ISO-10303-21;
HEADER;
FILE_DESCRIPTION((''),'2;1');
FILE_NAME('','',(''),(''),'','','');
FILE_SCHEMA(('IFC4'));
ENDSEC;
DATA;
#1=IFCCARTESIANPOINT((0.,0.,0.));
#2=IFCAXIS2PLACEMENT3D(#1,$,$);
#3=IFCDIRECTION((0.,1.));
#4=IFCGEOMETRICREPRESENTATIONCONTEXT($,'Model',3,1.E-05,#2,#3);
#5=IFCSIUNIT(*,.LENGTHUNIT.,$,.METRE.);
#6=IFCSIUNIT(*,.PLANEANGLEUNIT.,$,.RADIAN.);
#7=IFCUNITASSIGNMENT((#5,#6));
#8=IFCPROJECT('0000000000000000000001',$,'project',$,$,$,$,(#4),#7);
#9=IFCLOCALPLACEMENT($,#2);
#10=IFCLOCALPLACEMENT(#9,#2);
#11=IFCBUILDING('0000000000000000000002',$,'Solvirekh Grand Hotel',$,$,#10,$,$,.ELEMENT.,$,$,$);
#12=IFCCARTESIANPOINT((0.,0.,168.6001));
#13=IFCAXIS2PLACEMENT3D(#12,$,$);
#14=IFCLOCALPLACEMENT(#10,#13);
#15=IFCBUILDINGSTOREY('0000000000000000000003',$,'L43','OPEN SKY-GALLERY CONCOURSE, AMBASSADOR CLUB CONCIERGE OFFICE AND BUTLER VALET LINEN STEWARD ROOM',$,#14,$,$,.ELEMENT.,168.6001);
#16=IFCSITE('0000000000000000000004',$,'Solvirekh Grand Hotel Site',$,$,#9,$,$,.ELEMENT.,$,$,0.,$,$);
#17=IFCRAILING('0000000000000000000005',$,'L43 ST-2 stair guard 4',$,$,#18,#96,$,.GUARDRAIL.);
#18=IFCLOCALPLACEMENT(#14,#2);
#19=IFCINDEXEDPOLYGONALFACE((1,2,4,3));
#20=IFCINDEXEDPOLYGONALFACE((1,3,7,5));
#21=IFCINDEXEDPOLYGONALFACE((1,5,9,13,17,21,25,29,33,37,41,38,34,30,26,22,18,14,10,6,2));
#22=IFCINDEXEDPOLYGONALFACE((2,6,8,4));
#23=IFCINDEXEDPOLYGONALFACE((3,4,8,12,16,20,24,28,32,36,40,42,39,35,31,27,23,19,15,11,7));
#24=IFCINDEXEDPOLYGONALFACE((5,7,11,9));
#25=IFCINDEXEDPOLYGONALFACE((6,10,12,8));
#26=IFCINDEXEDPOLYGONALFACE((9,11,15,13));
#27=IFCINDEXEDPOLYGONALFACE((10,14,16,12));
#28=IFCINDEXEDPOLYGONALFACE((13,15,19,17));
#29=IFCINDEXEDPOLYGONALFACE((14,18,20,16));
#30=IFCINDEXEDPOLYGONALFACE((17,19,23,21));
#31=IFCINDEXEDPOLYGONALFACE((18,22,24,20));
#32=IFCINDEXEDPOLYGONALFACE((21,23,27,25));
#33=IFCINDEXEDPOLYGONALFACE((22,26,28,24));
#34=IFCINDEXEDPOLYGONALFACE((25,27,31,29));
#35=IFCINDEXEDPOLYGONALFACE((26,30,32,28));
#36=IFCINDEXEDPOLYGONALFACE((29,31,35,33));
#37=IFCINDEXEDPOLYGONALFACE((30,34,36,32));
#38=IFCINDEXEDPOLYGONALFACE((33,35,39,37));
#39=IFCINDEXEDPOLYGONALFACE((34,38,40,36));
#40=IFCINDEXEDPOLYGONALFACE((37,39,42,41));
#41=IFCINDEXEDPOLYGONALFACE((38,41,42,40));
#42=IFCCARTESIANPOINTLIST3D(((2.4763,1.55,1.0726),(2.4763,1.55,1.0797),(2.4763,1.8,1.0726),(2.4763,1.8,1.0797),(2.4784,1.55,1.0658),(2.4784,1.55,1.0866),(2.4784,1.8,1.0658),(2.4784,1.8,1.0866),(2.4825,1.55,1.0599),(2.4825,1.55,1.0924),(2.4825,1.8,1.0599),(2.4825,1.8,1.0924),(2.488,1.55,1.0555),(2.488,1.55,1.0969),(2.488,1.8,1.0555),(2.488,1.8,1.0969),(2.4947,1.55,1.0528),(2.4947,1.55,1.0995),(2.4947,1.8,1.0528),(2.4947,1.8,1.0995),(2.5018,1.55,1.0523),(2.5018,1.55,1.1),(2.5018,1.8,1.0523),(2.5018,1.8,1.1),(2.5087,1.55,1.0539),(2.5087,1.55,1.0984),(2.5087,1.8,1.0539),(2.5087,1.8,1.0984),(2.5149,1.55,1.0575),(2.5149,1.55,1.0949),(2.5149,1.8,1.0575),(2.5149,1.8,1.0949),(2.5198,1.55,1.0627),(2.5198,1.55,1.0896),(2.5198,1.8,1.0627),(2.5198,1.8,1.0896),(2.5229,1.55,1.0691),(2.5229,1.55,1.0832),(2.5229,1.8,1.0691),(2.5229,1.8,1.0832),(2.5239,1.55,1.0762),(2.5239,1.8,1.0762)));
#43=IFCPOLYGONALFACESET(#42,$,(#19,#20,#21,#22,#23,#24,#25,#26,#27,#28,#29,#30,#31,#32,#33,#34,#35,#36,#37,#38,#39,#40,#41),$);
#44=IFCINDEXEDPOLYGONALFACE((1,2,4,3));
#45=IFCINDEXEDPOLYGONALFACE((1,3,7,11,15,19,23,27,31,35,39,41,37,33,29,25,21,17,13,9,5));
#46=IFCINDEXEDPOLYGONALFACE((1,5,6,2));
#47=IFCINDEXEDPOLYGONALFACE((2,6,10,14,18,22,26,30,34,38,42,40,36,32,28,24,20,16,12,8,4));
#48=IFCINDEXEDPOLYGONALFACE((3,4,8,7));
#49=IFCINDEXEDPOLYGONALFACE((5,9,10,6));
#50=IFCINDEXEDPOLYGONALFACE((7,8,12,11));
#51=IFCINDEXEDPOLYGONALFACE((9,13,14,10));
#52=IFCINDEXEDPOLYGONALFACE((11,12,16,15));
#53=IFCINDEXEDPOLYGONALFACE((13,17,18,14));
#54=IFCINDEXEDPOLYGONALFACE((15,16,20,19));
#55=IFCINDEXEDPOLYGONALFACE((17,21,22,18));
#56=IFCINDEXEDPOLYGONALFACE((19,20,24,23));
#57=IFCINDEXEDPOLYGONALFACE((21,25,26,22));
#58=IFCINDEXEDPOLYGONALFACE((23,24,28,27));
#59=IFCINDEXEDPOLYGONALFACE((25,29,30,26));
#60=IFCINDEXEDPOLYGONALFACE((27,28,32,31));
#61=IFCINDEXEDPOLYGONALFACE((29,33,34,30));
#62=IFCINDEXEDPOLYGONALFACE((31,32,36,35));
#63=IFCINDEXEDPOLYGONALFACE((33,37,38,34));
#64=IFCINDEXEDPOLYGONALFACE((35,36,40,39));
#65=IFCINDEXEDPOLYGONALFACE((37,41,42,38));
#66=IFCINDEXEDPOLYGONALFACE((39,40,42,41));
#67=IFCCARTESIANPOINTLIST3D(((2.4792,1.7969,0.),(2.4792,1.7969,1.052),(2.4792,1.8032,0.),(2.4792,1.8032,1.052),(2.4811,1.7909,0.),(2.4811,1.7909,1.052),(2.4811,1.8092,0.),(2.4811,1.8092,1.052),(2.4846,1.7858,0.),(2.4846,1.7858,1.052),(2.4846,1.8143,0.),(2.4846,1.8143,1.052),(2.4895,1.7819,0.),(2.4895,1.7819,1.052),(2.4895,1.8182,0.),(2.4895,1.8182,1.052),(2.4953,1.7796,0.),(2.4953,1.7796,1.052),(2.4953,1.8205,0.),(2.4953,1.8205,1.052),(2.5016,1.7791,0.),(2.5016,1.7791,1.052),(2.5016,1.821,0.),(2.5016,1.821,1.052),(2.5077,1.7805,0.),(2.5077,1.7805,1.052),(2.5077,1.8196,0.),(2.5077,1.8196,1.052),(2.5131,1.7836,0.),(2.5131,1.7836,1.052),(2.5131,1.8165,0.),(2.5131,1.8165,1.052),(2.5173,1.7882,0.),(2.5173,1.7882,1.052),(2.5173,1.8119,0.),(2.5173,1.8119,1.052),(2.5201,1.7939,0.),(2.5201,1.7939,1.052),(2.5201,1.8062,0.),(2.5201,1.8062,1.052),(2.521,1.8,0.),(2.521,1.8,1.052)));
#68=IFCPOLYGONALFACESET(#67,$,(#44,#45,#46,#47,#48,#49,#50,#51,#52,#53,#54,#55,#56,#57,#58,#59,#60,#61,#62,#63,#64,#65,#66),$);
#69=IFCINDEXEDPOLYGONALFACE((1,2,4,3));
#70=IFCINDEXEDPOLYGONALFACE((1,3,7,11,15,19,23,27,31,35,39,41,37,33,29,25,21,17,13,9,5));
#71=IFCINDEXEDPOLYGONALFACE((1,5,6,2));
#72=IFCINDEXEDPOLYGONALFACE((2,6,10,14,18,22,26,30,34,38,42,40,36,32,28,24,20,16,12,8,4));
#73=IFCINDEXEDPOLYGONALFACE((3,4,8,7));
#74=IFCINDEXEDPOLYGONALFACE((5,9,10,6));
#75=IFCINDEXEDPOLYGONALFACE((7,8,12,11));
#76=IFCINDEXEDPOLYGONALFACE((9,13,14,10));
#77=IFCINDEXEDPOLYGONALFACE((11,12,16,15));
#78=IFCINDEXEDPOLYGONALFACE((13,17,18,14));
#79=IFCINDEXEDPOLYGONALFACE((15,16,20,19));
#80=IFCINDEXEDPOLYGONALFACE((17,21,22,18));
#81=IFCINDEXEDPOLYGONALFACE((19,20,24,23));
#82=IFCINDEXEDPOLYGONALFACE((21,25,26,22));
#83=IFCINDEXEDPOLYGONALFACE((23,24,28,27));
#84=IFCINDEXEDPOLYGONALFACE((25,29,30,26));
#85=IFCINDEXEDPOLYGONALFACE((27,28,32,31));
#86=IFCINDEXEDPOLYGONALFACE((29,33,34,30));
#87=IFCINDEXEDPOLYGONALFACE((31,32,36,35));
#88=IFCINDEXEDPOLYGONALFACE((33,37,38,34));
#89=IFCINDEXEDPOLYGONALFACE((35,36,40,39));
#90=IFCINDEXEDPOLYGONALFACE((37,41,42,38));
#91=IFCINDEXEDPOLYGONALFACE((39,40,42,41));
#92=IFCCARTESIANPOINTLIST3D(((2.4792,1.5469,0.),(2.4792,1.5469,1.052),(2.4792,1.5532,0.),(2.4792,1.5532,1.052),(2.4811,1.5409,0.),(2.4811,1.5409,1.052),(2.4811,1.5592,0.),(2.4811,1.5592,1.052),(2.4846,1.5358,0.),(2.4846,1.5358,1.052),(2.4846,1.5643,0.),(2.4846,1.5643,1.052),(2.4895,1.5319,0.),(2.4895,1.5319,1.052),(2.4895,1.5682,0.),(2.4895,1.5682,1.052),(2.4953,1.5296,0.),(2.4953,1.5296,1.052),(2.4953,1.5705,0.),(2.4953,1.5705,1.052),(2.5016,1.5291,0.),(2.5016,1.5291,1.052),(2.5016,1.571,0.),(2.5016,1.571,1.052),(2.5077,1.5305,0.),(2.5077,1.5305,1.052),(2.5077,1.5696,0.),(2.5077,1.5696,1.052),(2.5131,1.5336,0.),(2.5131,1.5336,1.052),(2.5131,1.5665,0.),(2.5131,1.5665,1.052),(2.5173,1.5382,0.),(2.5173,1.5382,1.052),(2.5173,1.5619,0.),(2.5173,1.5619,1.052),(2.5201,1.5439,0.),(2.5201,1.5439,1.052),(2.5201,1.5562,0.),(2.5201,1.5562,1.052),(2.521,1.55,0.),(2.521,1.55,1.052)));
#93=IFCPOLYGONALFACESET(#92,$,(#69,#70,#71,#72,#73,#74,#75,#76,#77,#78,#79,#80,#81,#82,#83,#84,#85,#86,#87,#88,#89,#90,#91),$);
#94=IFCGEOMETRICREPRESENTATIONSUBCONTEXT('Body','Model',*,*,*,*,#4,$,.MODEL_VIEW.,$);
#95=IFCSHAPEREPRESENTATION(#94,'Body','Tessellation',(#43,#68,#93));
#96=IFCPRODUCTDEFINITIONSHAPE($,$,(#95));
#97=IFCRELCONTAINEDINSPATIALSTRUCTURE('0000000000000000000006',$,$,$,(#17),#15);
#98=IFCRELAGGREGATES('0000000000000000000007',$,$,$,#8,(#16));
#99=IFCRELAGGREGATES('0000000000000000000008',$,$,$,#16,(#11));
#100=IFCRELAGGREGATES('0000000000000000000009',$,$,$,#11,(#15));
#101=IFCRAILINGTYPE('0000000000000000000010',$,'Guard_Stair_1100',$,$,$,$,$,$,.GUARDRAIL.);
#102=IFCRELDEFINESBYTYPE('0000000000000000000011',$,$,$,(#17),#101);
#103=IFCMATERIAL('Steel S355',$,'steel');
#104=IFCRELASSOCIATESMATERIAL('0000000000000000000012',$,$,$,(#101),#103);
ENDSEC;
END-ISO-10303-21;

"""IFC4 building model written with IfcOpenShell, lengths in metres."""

from ifc_helpers import new_model, si_unit, direction, frame, origin, origin_2d, place, context, subcontext, project, spatial, circle, extrude, material, type_object, element, save


model = new_model("IFC4")

# Units and contexts
model_context = context("Model", 3, precision=1e-05, world=origin(), true_north=direction((0.0, 1.0)))
body_context = subcontext(model_context, "Body", "Model", "MODEL_VIEW")
ifc_project = project(units=[si_unit("LENGTHUNIT", "METRE"), si_unit("PLANEANGLEUNIT", "RADIAN")], contexts=[model_context])

# Site, building, storey
site_placement = place(None, origin())
site = spatial("IfcSite", under=ifc_project, at=site_placement, Name="Solvirekh Grand Hotel Site", CompositionType="ELEMENT", RefElevation=0.0)
building_placement = place(site_placement, origin())
building = spatial("IfcBuilding", under=site, at=building_placement, Name="Solvirekh Grand Hotel", CompositionType="ELEMENT")
storey_placement = place(building_placement, frame((0.0, 0.0, 168.6001)))
storey = spatial("IfcBuildingStorey", under=building, at=storey_placement, Name="L43", Description="OPEN SKY-GALLERY CONCOURSE, AMBASSADOR CLUB CONCIERGE OFFICE AND BUTLER VALET LINEN STEWARD ROOM", CompositionType="ELEMENT", Elevation=168.6001)

# Railing
ifc_material_1 = material(Name="Steel S355", Category="steel")
railing_type_1 = type_object("IfcRailingType", Name="Guard_Stair_1100", PredefinedType="GUARDRAIL", material=ifc_material_1)
railing_1_placement = place(storey_placement, frame((2.5, 1.8, 0.0)))
element("IfcRailing", 1, at=railing_1_placement, inside=storey, type_object=railing_type_1, Name="L43 ST-2 stair guard 4", PredefinedType="GUARDRAIL", context=body_context, shape_type="SweptSolid", body=[
    extrude(circle(Radius=0.0239, at=origin_2d()), frame((0.0, 0.0, 1.0762), z_axis=(0.0, -1.0, 0.0), x_axis=(1.0, 0.0, 0.0)), (0.0, 0.0, 1.0), 0.25),
    extrude(circle(Radius=0.021, at=origin_2d()), origin(), (0.0, 0.0, 1.0), 1.052),
    extrude(circle(Radius=0.021, at=origin_2d()), frame((0.0, -0.25, 0.0)), (0.0, 0.0, 1.0), 1.052),
])

save(model, "model.ifc")
